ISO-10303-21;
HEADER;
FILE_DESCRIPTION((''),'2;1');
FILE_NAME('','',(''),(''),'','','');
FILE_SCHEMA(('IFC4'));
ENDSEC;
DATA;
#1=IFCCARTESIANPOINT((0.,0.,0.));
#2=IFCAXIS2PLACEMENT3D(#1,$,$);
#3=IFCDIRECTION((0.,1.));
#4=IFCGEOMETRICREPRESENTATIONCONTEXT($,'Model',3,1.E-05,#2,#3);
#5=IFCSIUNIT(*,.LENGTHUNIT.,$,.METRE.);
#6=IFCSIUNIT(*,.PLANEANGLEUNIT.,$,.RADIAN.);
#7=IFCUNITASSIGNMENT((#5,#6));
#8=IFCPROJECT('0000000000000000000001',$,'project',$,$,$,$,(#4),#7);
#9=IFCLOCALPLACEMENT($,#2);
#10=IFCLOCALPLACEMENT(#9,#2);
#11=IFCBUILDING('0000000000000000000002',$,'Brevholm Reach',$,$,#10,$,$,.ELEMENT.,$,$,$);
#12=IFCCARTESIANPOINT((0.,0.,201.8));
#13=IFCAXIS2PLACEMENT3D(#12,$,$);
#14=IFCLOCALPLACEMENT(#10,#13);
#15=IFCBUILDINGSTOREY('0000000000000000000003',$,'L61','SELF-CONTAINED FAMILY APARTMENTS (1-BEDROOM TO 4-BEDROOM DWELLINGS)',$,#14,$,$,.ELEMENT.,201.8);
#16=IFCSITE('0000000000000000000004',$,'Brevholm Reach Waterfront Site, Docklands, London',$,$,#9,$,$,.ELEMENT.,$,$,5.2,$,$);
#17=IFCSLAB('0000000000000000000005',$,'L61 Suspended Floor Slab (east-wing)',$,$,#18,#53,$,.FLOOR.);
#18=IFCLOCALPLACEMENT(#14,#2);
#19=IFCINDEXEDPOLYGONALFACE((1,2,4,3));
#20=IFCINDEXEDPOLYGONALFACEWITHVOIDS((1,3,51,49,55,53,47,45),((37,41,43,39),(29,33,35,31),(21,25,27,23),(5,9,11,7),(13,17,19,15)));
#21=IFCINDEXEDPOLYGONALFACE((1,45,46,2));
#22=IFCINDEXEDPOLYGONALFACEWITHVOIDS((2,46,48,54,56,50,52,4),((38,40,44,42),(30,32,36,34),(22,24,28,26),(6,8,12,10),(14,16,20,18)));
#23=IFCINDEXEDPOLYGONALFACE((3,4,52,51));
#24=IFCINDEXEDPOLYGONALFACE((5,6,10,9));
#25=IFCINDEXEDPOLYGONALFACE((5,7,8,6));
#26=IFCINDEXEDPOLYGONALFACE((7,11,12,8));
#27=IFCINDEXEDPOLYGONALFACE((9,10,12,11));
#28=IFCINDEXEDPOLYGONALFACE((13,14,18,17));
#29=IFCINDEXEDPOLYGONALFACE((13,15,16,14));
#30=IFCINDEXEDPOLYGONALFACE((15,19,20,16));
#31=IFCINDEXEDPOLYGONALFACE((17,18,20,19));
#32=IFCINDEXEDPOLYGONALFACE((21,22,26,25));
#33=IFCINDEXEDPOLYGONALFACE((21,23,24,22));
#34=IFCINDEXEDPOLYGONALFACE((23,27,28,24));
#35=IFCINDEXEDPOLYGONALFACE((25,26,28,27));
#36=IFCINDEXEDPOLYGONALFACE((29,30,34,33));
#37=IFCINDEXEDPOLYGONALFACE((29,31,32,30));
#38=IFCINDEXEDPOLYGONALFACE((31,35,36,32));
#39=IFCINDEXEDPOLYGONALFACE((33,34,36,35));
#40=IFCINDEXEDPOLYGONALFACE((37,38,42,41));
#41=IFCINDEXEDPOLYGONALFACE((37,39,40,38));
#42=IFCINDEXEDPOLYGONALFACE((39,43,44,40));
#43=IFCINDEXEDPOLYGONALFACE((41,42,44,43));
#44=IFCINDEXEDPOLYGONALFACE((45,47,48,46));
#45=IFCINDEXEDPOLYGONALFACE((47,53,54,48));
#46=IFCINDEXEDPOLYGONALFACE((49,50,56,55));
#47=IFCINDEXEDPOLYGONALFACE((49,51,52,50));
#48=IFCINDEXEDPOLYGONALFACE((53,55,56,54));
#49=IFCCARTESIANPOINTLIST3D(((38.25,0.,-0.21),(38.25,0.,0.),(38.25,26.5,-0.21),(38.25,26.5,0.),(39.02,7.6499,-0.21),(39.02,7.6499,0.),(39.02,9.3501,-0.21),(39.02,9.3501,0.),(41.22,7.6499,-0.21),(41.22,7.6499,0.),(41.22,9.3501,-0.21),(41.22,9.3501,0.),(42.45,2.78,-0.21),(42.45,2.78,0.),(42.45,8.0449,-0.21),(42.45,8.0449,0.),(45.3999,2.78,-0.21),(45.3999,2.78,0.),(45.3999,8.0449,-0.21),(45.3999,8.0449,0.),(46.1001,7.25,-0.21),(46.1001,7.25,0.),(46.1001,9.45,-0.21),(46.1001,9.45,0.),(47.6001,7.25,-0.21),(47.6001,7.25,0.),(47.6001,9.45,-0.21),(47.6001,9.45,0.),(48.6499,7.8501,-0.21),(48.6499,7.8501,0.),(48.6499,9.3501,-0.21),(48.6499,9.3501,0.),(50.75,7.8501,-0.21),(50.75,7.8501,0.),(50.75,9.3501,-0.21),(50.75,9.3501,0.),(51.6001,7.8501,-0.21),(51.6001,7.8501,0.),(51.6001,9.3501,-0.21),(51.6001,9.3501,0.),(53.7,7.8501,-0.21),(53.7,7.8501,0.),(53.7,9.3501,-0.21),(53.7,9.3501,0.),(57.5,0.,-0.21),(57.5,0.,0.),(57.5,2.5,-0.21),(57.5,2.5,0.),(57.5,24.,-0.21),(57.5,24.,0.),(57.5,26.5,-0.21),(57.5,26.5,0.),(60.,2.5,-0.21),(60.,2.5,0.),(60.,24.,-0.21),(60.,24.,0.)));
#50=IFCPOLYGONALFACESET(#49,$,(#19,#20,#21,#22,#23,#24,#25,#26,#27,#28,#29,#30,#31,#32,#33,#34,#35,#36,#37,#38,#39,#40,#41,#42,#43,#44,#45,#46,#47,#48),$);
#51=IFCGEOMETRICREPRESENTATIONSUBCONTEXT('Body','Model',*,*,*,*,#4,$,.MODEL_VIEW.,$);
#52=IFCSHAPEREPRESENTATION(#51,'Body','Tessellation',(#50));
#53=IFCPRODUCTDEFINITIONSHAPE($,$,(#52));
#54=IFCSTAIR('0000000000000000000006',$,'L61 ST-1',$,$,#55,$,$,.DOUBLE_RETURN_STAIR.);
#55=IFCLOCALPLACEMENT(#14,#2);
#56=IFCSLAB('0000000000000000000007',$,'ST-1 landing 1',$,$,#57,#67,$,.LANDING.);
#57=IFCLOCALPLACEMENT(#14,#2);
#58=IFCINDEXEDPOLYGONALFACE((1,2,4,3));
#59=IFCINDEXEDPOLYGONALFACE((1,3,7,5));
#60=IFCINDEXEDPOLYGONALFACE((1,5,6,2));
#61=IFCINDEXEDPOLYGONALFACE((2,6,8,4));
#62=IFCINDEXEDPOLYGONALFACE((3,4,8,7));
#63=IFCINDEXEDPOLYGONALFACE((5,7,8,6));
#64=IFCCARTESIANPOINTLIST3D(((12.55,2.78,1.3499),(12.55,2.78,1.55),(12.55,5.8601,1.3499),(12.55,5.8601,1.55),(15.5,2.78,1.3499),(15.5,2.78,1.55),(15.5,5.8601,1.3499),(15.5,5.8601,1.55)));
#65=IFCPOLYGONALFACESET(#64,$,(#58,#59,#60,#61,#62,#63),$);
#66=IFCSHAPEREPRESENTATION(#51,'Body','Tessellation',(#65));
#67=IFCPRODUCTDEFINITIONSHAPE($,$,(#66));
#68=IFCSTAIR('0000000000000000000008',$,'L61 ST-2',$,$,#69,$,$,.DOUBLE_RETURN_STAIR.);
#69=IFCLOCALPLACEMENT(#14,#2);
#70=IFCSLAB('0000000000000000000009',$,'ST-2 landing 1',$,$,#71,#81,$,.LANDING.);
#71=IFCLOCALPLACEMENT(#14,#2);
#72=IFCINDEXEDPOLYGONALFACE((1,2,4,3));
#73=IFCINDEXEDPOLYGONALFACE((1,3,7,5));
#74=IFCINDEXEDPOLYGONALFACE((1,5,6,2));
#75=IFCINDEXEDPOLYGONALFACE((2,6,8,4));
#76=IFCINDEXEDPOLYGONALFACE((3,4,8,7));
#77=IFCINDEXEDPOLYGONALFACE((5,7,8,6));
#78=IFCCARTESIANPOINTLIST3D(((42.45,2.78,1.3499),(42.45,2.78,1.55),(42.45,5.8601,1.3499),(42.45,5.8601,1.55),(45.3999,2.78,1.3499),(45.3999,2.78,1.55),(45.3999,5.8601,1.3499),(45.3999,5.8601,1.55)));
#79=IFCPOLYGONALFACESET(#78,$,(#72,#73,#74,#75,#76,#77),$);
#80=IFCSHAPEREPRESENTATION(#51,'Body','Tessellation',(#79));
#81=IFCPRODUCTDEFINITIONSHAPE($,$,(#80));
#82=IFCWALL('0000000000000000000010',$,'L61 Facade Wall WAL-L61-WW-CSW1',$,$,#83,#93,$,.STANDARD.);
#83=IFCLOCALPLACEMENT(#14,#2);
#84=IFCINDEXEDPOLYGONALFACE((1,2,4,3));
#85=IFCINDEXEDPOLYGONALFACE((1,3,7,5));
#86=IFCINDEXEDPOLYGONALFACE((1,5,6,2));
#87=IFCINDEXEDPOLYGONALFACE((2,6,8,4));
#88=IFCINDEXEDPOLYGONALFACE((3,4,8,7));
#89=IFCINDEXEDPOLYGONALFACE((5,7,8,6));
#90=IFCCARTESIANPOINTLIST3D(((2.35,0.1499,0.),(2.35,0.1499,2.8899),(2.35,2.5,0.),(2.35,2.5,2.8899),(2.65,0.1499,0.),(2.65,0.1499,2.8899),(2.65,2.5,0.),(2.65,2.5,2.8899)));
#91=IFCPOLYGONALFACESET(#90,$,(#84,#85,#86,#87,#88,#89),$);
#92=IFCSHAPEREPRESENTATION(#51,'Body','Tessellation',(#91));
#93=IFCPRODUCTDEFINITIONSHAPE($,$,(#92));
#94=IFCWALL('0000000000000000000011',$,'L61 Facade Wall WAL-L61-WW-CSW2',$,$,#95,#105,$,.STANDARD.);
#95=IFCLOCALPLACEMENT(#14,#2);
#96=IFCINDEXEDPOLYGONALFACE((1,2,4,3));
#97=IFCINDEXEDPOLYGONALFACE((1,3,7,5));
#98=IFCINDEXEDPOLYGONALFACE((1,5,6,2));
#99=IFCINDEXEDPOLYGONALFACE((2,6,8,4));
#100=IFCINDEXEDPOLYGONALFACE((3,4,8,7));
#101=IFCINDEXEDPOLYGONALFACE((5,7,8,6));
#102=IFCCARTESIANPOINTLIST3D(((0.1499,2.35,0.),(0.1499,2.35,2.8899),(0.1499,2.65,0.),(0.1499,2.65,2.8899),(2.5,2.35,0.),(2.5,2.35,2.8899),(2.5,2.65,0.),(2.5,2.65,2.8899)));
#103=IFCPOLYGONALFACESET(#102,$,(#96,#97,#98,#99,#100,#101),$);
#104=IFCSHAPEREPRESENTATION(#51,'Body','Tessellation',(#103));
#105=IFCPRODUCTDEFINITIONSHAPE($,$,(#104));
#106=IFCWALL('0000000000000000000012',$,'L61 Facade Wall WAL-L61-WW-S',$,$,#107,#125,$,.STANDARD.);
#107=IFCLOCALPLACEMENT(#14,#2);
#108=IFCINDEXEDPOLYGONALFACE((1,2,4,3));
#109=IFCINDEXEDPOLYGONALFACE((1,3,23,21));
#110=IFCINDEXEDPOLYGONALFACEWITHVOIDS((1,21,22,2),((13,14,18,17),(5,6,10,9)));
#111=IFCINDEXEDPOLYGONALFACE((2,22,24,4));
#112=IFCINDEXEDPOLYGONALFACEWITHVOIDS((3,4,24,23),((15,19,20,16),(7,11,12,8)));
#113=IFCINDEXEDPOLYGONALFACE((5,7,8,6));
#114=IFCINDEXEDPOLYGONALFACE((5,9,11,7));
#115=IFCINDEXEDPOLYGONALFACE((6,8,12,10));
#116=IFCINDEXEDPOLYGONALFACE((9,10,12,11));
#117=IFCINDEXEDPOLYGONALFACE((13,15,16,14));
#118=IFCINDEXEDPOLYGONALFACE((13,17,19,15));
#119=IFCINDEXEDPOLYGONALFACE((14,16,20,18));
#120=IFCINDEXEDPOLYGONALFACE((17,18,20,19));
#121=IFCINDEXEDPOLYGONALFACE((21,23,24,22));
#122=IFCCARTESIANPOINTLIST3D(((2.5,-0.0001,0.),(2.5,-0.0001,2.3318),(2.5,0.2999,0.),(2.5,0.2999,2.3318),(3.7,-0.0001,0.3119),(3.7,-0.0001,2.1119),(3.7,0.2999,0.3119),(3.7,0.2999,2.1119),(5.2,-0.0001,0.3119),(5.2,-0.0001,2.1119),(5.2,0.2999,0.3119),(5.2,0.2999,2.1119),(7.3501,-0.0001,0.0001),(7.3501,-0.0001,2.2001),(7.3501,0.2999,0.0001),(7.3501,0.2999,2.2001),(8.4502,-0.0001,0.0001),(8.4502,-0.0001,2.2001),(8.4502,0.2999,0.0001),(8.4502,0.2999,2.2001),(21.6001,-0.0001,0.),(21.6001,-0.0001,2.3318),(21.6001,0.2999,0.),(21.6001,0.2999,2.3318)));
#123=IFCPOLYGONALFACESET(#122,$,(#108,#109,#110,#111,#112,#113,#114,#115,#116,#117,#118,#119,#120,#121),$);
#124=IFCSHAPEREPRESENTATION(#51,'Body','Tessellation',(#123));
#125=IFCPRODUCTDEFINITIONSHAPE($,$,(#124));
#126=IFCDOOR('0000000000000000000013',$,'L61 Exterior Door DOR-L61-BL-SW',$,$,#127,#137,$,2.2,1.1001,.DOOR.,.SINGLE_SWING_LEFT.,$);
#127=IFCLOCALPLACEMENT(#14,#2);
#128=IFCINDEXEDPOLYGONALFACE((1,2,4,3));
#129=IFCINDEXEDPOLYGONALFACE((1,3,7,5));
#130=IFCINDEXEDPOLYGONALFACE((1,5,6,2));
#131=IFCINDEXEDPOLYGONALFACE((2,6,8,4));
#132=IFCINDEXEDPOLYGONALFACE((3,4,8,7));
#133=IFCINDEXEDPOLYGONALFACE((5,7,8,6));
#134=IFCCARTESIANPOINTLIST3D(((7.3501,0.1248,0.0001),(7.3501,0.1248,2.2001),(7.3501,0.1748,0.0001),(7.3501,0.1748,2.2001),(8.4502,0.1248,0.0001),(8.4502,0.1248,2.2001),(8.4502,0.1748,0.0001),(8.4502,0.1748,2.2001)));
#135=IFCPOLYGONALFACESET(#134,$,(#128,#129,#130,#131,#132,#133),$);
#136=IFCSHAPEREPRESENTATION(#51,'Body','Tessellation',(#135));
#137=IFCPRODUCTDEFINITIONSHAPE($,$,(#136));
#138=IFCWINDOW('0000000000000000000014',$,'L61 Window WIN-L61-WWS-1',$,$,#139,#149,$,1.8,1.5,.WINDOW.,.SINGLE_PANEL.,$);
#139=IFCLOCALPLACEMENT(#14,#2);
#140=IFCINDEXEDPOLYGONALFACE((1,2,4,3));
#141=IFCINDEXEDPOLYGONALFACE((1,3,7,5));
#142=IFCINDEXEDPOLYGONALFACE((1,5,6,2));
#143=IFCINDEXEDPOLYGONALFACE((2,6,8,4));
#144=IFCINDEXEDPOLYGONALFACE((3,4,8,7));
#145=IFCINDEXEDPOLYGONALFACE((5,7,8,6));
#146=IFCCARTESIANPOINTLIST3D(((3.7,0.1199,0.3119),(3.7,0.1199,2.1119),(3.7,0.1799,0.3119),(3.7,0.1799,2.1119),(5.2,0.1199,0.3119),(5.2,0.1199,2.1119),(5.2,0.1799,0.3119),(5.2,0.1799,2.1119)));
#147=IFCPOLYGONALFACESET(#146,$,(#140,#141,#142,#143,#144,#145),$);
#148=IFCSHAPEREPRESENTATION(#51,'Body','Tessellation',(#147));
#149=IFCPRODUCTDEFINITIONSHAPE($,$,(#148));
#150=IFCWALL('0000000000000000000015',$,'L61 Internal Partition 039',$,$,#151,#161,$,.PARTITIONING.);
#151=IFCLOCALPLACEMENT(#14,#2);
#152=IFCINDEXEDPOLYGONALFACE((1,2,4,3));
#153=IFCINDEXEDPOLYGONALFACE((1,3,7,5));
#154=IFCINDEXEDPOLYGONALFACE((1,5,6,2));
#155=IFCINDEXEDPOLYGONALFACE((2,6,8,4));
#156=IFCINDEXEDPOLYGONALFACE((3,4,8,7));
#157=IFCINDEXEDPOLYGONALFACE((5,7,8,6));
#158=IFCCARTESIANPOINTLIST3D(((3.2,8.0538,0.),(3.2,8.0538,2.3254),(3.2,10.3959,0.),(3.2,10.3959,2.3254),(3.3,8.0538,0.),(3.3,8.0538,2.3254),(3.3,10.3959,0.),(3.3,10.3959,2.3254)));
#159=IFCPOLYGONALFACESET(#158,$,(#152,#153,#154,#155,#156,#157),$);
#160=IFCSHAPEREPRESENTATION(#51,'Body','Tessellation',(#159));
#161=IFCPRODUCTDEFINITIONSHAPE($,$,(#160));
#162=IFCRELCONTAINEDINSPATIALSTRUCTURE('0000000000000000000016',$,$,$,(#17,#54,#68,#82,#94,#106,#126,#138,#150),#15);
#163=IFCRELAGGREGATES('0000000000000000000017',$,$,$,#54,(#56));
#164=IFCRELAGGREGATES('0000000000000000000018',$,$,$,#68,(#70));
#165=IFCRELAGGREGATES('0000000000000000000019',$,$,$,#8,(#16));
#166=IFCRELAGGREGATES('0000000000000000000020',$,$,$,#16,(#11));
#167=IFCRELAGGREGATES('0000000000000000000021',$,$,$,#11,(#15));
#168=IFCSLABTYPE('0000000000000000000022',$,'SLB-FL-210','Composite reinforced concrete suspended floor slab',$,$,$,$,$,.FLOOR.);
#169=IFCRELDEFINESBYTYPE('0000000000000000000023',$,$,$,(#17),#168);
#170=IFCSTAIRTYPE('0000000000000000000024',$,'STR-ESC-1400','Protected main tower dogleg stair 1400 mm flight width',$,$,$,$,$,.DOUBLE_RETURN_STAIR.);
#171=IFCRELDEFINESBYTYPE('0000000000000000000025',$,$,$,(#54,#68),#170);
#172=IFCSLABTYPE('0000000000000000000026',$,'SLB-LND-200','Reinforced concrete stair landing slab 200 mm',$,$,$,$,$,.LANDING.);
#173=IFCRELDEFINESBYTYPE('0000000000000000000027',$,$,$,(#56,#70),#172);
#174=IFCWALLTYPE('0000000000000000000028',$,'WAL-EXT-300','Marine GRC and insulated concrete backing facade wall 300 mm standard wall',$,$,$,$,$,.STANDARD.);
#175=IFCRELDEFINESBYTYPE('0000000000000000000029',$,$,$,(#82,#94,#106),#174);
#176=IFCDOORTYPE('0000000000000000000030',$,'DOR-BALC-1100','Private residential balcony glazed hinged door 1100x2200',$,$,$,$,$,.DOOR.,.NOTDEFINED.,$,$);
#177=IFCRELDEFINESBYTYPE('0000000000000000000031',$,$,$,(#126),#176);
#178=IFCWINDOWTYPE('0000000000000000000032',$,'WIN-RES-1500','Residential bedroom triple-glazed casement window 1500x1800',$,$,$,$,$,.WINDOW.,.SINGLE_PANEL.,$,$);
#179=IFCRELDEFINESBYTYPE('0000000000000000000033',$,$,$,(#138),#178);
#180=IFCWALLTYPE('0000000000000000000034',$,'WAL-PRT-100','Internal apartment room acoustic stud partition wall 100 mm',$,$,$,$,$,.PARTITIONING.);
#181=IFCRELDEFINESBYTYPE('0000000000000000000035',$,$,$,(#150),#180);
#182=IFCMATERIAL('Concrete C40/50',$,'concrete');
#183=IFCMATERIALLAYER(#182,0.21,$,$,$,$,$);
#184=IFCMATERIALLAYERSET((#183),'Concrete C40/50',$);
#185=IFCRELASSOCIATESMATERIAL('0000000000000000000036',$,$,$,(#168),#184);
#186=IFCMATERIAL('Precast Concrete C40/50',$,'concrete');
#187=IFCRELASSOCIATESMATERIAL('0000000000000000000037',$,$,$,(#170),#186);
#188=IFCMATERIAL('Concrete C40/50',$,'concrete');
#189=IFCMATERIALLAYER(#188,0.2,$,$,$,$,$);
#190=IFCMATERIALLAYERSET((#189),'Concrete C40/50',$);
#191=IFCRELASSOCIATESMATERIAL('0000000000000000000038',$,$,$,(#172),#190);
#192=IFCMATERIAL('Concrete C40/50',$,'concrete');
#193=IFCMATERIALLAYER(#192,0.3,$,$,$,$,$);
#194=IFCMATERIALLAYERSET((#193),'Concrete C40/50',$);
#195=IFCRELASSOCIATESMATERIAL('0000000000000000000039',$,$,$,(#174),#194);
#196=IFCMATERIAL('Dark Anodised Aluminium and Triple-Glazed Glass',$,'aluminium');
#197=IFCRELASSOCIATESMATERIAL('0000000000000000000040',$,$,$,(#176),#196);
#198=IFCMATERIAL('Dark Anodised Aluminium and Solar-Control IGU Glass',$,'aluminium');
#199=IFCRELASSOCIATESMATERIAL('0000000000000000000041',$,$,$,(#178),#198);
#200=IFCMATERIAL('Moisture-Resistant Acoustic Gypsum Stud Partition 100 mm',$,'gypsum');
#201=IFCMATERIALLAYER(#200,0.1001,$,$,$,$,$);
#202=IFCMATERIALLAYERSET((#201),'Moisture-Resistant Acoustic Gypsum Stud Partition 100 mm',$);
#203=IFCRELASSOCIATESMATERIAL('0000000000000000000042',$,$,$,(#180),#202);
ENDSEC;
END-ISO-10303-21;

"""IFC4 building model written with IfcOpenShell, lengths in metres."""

from ifc_helpers import new_model, si_unit, direction, frame, frame_2d, origin, place, context, subcontext, project, spatial, polyline, rectangle, outline, extrude, material, layer, layer_set, type_object, element, fill, aggregate, save


model = new_model("IFC4")

# Units and contexts
model_context = context("Model", 3, precision=1e-05, world=origin(), true_north=direction((0.0, 1.0)))
body_context = subcontext(model_context, "Body", "Model", "MODEL_VIEW")
ifc_project = project(units=[si_unit("LENGTHUNIT", "METRE"), si_unit("PLANEANGLEUNIT", "RADIAN")], contexts=[model_context])

# Site, building, storey
site_placement = place(None, origin())
site = spatial("IfcSite", under=ifc_project, at=site_placement, Name="Brevholm Reach Waterfront Site, Docklands, London", CompositionType="ELEMENT", RefElevation=5.2)
building_placement = place(site_placement, origin())
building = spatial("IfcBuilding", under=site, at=building_placement, Name="Brevholm Reach", CompositionType="ELEMENT")
storey_placement = place(building_placement, frame((0.0, 0.0, 201.8)))
storey = spatial("IfcBuildingStorey", under=building, at=storey_placement, Name="L61", Description="SELF-CONTAINED FAMILY APARTMENTS (1-BEDROOM TO 4-BEDROOM DWELLINGS)", CompositionType="ELEMENT", Elevation=201.8)

# Slab
ifc_material_1 = material(Name="Concrete C40/50", Category="concrete")
ifc_layer_1 = layer(ifc_material_1, 0.21)
ifc_layer_set_1 = layer_set([ifc_layer_1], Name="Concrete C40/50")
slab_type_1 = type_object("IfcSlabType", Name="SLB-FL-210", Description="Composite reinforced concrete suspended floor slab", PredefinedType="FLOOR", material=ifc_layer_set_1)
slab_1_placement = place(storey_placement, frame((0.0, 0.0, -0.21)))
element("IfcSlab", 1, at=slab_1_placement, inside=storey, type_object=slab_type_1, Name="L61 Suspended Floor Slab (east-wing)", PredefinedType="FLOOR", context=body_context, shape_type="SweptSolid", body=[
    extrude(outline(polyline([(38.25, 0.0), (57.5, 0.0), (57.5, 2.5), (60.0, 2.5), (60.0, 24.0), (57.5, 24.0), (57.5, 26.5), (38.25, 26.5), (38.25, 0.0)]), holes=[polyline([(42.45, 2.78), (45.3999, 2.78), (45.3999, 8.0449), (42.45, 8.0449), (42.45, 2.78)]), polyline([(46.1001, 7.25), (47.6001, 7.25), (47.6001, 9.45), (46.1001, 9.45), (46.1001, 7.25)]), polyline([(39.02, 7.6499), (41.22, 7.6499), (41.22, 9.3501), (39.02, 9.3501), (39.02, 7.6499)]), polyline([(48.6499, 7.8501), (50.75, 7.8501), (50.75, 9.3501), (48.6499, 9.3501), (48.6499, 7.8501)]), polyline([(51.6001, 7.8501), (53.7, 7.8501), (53.7, 9.3501), (51.6001, 9.3501), (51.6001, 7.8501)])]), origin(), (0.0, 0.0, 1.0), 0.21),
])

# Stairs, slabs
ifc_material_2 = material(Name="Precast Concrete C40/50", Category="concrete")
stair_type = type_object("IfcStairType", Name="STR-ESC-1400", Description="Protected main tower dogleg stair 1400 mm flight width", PredefinedType="DOUBLE_RETURN_STAIR", material=ifc_material_2)
stair_1_placement = place(storey_placement, origin())
stair_1 = element("IfcStair", 2, at=stair_1_placement, inside=storey, type_object=stair_type, Name="L61 ST-1", PredefinedType="DOUBLE_RETURN_STAIR")
ifc_material_3 = material(Name="Concrete C40/50", Category="concrete")
ifc_layer_2 = layer(ifc_material_3, 0.2)
ifc_layer_set_2 = layer_set([ifc_layer_2], Name="Concrete C40/50")
slab_type_2 = type_object("IfcSlabType", Name="SLB-LND-200", Description="Reinforced concrete stair landing slab 200 mm", PredefinedType="LANDING", material=ifc_layer_set_2)
slab_2_placement = place(storey_placement, frame((0.0, 0.0, 1.3499)))
slab_2 = element("IfcSlab", 3, at=slab_2_placement, type_object=slab_type_2, Name="ST-1 landing 1", PredefinedType="LANDING", context=body_context, shape_type="SweptSolid", body=[
    extrude(outline(polyline([(12.55, 5.8601), (12.55, 2.78), (15.5, 2.78), (15.5, 5.8601), (12.55, 5.8601)])), origin(), (0.0, 0.0, 1.0), 0.2002),
])
aggregate(stair_1, [slab_2])
stair_2_placement = place(storey_placement, origin())
stair_2 = element("IfcStair", 4, at=stair_2_placement, inside=storey, type_object=stair_type, Name="L61 ST-2", PredefinedType="DOUBLE_RETURN_STAIR")
slab_3_placement = place(storey_placement, frame((0.0, 0.0, 1.3499)))
slab_3 = element("IfcSlab", 5, at=slab_3_placement, type_object=slab_type_2, Name="ST-2 landing 1", PredefinedType="LANDING", context=body_context, shape_type="SweptSolid", body=[
    extrude(outline(polyline([(42.45, 5.8601), (42.45, 2.78), (45.3999, 2.78), (45.3999, 5.8601), (42.45, 5.8601)])), origin(), (0.0, 0.0, 1.0), 0.2002),
])
aggregate(stair_2, [slab_3])

# Walls
ifc_material_4 = material(Name="Concrete C40/50", Category="concrete")
ifc_layer_3 = layer(ifc_material_4, 0.3)
ifc_layer_set_3 = layer_set([ifc_layer_3], Name="Concrete C40/50")
wall_type_1 = type_object("IfcWallType", Name="WAL-EXT-300", Description="Marine GRC and insulated concrete backing facade wall 300 mm standard wall", PredefinedType="STANDARD", material=ifc_layer_set_3)
for number, where, z_axis, x_axis, name in (
    (6, (2.5, 2.5, 0.0), (0.0, 0.0, 1.0), (0.0, -1.0, 0.0), "L61 Facade Wall WAL-L61-WW-CSW1"),
    (7, (0.1499, 2.5, 0.0), (0.0, 0.0, 1.0), (1.0, 0.0, 0.0), "L61 Facade Wall WAL-L61-WW-CSW2"),
):
    element("IfcWall", number, at=place(storey_placement, frame(where, z_axis=z_axis, x_axis=x_axis)), inside=storey, type_object=wall_type_1, Name=name, PredefinedType="STANDARD", context=body_context, shape_type="SweptSolid", body=[
        extrude(rectangle(XDim=2.3501, YDim=0.3, at=frame_2d((1.175, 0.0))), origin(), (0.0, 0.0, 1.0), 2.8899),
    ])

# Wall, openings, door, window
wall_1_placement = place(storey_placement, frame((2.5, 0.1499, 0.0), z_axis=(0.0, 0.0, 1.0), x_axis=(1.0, 0.0, 0.0)))
wall_1 = element("IfcWall", 8, at=wall_1_placement, inside=storey, type_object=wall_type_1, Name="L61 Facade Wall WAL-L61-WW-S", PredefinedType="STANDARD", context=body_context, shape_type="SweptSolid", body=[
    extrude(rectangle(XDim=19.1001, YDim=0.3, at=frame_2d((9.55, 0.0))), origin(), (0.0, 0.0, 1.0), 2.3318),
])
opening_1_placement = place(wall_1_placement, frame((4.8501, 0.0, 0.0)))
opening_1 = element("IfcOpeningElement", 9, at=opening_1_placement, cuts=wall_1, PredefinedType="OPENING", context=body_context, shape_type="SweptSolid", body=[
    extrude(rectangle(XDim=1.1001, YDim=2.2, at=frame_2d((0.55, 1.1001))), frame((0.0, 0.1599, 0.0), z_axis=(0.0, -1.0, 0.0), x_axis=(1.0, 0.0, 0.0)), (0.0, 0.0, 1.0), 0.3201),
])
opening_2_placement = place(wall_1_placement, frame((1.2, 0.0, 0.312)))
opening_2 = element("IfcOpeningElement", 10, at=opening_2_placement, cuts=wall_1, PredefinedType="OPENING", context=body_context, shape_type="SweptSolid", body=[
    extrude(rectangle(XDim=1.5, YDim=1.8, at=frame_2d((0.75, 0.8999))), frame((0.0, 0.1599, 0.0), z_axis=(0.0, -1.0, 0.0), x_axis=(1.0, 0.0, 0.0)), (0.0, 0.0, 1.0), 0.3201),
])
ifc_material_5 = material(Name="Dark Anodised Aluminium and Triple-Glazed Glass", Category="aluminium")
door_type_1 = type_object("IfcDoorType", Name="DOR-BALC-1100", Description="Private residential balcony glazed hinged door 1100x2200", OperationType="NOTDEFINED", PredefinedType="DOOR", material=ifc_material_5)
door_1_placement = place(opening_1_placement, origin())
door_1 = element("IfcDoor", 11, at=door_1_placement, inside=storey, type_object=door_type_1, Name="L61 Exterior Door DOR-L61-BL-SW", OperationType="SINGLE_SWING_LEFT", OverallHeight=2.2, OverallWidth=1.1001, PredefinedType="DOOR", context=body_context, shape_type="SweptSolid", body=[
    extrude(rectangle(XDim=1.1001, YDim=2.2, at=frame_2d((0.55, 1.1001))), frame((0.0, 0.0249, 0.0), z_axis=(0.0, -1.0, 0.0), x_axis=(1.0, 0.0, 0.0)), (0.0, 0.0, 1.0), 0.05),
])
fill(opening_1, door_1)
ifc_material_6 = material(Name="Dark Anodised Aluminium and Solar-Control IGU Glass", Category="aluminium")
window_type = type_object("IfcWindowType", Name="WIN-RES-1500", Description="Residential bedroom triple-glazed casement window 1500x1800", PartitioningType="SINGLE_PANEL", PredefinedType="WINDOW", material=ifc_material_6)
window_placement = place(opening_2_placement, origin())
window = element("IfcWindow", 12, at=window_placement, inside=storey, type_object=window_type, Name="L61 Window WIN-L61-WWS-1", OverallHeight=1.8, OverallWidth=1.5, PartitioningType="SINGLE_PANEL", PredefinedType="WINDOW", context=body_context, shape_type="SweptSolid", body=[
    extrude(rectangle(XDim=1.5, YDim=1.8, at=frame_2d((0.75, 0.8999))), frame((0.0, 0.03, 0.0), z_axis=(0.0, -1.0, 0.0), x_axis=(1.0, 0.0, 0.0)), (0.0, 0.0, 1.0), 0.0601),
])
fill(opening_2, window)

# Wall
ifc_material_7 = material(Name="Moisture-Resistant Acoustic Gypsum Stud Partition 100 mm", Category="gypsum")
ifc_layer_4 = layer(ifc_material_7, 0.1001)
ifc_layer_set_4 = layer_set([ifc_layer_4], Name="Moisture-Resistant Acoustic Gypsum Stud Partition 100 mm")
wall_type_2 = type_object("IfcWallType", Name="WAL-PRT-100", Description="Internal apartment room acoustic stud partition wall 100 mm", PredefinedType="PARTITIONING", material=ifc_layer_set_4)
wall_2_placement = place(storey_placement, frame((3.25, 8.054, 0.0), z_axis=(0.0, 0.0, 1.0), x_axis=(0.0, 1.0, 0.0)))
element("IfcWall", 13, at=wall_2_placement, inside=storey, type_object=wall_type_2, Name="L61 Internal Partition 039", PredefinedType="PARTITIONING", context=body_context, shape_type="SweptSolid", body=[
    extrude(rectangle(XDim=2.342, YDim=0.1001, at=frame_2d((1.1709, 0.0))), origin(), (0.0, 0.0, 1.0), 2.3254),
])

save(model, "model.ifc")
